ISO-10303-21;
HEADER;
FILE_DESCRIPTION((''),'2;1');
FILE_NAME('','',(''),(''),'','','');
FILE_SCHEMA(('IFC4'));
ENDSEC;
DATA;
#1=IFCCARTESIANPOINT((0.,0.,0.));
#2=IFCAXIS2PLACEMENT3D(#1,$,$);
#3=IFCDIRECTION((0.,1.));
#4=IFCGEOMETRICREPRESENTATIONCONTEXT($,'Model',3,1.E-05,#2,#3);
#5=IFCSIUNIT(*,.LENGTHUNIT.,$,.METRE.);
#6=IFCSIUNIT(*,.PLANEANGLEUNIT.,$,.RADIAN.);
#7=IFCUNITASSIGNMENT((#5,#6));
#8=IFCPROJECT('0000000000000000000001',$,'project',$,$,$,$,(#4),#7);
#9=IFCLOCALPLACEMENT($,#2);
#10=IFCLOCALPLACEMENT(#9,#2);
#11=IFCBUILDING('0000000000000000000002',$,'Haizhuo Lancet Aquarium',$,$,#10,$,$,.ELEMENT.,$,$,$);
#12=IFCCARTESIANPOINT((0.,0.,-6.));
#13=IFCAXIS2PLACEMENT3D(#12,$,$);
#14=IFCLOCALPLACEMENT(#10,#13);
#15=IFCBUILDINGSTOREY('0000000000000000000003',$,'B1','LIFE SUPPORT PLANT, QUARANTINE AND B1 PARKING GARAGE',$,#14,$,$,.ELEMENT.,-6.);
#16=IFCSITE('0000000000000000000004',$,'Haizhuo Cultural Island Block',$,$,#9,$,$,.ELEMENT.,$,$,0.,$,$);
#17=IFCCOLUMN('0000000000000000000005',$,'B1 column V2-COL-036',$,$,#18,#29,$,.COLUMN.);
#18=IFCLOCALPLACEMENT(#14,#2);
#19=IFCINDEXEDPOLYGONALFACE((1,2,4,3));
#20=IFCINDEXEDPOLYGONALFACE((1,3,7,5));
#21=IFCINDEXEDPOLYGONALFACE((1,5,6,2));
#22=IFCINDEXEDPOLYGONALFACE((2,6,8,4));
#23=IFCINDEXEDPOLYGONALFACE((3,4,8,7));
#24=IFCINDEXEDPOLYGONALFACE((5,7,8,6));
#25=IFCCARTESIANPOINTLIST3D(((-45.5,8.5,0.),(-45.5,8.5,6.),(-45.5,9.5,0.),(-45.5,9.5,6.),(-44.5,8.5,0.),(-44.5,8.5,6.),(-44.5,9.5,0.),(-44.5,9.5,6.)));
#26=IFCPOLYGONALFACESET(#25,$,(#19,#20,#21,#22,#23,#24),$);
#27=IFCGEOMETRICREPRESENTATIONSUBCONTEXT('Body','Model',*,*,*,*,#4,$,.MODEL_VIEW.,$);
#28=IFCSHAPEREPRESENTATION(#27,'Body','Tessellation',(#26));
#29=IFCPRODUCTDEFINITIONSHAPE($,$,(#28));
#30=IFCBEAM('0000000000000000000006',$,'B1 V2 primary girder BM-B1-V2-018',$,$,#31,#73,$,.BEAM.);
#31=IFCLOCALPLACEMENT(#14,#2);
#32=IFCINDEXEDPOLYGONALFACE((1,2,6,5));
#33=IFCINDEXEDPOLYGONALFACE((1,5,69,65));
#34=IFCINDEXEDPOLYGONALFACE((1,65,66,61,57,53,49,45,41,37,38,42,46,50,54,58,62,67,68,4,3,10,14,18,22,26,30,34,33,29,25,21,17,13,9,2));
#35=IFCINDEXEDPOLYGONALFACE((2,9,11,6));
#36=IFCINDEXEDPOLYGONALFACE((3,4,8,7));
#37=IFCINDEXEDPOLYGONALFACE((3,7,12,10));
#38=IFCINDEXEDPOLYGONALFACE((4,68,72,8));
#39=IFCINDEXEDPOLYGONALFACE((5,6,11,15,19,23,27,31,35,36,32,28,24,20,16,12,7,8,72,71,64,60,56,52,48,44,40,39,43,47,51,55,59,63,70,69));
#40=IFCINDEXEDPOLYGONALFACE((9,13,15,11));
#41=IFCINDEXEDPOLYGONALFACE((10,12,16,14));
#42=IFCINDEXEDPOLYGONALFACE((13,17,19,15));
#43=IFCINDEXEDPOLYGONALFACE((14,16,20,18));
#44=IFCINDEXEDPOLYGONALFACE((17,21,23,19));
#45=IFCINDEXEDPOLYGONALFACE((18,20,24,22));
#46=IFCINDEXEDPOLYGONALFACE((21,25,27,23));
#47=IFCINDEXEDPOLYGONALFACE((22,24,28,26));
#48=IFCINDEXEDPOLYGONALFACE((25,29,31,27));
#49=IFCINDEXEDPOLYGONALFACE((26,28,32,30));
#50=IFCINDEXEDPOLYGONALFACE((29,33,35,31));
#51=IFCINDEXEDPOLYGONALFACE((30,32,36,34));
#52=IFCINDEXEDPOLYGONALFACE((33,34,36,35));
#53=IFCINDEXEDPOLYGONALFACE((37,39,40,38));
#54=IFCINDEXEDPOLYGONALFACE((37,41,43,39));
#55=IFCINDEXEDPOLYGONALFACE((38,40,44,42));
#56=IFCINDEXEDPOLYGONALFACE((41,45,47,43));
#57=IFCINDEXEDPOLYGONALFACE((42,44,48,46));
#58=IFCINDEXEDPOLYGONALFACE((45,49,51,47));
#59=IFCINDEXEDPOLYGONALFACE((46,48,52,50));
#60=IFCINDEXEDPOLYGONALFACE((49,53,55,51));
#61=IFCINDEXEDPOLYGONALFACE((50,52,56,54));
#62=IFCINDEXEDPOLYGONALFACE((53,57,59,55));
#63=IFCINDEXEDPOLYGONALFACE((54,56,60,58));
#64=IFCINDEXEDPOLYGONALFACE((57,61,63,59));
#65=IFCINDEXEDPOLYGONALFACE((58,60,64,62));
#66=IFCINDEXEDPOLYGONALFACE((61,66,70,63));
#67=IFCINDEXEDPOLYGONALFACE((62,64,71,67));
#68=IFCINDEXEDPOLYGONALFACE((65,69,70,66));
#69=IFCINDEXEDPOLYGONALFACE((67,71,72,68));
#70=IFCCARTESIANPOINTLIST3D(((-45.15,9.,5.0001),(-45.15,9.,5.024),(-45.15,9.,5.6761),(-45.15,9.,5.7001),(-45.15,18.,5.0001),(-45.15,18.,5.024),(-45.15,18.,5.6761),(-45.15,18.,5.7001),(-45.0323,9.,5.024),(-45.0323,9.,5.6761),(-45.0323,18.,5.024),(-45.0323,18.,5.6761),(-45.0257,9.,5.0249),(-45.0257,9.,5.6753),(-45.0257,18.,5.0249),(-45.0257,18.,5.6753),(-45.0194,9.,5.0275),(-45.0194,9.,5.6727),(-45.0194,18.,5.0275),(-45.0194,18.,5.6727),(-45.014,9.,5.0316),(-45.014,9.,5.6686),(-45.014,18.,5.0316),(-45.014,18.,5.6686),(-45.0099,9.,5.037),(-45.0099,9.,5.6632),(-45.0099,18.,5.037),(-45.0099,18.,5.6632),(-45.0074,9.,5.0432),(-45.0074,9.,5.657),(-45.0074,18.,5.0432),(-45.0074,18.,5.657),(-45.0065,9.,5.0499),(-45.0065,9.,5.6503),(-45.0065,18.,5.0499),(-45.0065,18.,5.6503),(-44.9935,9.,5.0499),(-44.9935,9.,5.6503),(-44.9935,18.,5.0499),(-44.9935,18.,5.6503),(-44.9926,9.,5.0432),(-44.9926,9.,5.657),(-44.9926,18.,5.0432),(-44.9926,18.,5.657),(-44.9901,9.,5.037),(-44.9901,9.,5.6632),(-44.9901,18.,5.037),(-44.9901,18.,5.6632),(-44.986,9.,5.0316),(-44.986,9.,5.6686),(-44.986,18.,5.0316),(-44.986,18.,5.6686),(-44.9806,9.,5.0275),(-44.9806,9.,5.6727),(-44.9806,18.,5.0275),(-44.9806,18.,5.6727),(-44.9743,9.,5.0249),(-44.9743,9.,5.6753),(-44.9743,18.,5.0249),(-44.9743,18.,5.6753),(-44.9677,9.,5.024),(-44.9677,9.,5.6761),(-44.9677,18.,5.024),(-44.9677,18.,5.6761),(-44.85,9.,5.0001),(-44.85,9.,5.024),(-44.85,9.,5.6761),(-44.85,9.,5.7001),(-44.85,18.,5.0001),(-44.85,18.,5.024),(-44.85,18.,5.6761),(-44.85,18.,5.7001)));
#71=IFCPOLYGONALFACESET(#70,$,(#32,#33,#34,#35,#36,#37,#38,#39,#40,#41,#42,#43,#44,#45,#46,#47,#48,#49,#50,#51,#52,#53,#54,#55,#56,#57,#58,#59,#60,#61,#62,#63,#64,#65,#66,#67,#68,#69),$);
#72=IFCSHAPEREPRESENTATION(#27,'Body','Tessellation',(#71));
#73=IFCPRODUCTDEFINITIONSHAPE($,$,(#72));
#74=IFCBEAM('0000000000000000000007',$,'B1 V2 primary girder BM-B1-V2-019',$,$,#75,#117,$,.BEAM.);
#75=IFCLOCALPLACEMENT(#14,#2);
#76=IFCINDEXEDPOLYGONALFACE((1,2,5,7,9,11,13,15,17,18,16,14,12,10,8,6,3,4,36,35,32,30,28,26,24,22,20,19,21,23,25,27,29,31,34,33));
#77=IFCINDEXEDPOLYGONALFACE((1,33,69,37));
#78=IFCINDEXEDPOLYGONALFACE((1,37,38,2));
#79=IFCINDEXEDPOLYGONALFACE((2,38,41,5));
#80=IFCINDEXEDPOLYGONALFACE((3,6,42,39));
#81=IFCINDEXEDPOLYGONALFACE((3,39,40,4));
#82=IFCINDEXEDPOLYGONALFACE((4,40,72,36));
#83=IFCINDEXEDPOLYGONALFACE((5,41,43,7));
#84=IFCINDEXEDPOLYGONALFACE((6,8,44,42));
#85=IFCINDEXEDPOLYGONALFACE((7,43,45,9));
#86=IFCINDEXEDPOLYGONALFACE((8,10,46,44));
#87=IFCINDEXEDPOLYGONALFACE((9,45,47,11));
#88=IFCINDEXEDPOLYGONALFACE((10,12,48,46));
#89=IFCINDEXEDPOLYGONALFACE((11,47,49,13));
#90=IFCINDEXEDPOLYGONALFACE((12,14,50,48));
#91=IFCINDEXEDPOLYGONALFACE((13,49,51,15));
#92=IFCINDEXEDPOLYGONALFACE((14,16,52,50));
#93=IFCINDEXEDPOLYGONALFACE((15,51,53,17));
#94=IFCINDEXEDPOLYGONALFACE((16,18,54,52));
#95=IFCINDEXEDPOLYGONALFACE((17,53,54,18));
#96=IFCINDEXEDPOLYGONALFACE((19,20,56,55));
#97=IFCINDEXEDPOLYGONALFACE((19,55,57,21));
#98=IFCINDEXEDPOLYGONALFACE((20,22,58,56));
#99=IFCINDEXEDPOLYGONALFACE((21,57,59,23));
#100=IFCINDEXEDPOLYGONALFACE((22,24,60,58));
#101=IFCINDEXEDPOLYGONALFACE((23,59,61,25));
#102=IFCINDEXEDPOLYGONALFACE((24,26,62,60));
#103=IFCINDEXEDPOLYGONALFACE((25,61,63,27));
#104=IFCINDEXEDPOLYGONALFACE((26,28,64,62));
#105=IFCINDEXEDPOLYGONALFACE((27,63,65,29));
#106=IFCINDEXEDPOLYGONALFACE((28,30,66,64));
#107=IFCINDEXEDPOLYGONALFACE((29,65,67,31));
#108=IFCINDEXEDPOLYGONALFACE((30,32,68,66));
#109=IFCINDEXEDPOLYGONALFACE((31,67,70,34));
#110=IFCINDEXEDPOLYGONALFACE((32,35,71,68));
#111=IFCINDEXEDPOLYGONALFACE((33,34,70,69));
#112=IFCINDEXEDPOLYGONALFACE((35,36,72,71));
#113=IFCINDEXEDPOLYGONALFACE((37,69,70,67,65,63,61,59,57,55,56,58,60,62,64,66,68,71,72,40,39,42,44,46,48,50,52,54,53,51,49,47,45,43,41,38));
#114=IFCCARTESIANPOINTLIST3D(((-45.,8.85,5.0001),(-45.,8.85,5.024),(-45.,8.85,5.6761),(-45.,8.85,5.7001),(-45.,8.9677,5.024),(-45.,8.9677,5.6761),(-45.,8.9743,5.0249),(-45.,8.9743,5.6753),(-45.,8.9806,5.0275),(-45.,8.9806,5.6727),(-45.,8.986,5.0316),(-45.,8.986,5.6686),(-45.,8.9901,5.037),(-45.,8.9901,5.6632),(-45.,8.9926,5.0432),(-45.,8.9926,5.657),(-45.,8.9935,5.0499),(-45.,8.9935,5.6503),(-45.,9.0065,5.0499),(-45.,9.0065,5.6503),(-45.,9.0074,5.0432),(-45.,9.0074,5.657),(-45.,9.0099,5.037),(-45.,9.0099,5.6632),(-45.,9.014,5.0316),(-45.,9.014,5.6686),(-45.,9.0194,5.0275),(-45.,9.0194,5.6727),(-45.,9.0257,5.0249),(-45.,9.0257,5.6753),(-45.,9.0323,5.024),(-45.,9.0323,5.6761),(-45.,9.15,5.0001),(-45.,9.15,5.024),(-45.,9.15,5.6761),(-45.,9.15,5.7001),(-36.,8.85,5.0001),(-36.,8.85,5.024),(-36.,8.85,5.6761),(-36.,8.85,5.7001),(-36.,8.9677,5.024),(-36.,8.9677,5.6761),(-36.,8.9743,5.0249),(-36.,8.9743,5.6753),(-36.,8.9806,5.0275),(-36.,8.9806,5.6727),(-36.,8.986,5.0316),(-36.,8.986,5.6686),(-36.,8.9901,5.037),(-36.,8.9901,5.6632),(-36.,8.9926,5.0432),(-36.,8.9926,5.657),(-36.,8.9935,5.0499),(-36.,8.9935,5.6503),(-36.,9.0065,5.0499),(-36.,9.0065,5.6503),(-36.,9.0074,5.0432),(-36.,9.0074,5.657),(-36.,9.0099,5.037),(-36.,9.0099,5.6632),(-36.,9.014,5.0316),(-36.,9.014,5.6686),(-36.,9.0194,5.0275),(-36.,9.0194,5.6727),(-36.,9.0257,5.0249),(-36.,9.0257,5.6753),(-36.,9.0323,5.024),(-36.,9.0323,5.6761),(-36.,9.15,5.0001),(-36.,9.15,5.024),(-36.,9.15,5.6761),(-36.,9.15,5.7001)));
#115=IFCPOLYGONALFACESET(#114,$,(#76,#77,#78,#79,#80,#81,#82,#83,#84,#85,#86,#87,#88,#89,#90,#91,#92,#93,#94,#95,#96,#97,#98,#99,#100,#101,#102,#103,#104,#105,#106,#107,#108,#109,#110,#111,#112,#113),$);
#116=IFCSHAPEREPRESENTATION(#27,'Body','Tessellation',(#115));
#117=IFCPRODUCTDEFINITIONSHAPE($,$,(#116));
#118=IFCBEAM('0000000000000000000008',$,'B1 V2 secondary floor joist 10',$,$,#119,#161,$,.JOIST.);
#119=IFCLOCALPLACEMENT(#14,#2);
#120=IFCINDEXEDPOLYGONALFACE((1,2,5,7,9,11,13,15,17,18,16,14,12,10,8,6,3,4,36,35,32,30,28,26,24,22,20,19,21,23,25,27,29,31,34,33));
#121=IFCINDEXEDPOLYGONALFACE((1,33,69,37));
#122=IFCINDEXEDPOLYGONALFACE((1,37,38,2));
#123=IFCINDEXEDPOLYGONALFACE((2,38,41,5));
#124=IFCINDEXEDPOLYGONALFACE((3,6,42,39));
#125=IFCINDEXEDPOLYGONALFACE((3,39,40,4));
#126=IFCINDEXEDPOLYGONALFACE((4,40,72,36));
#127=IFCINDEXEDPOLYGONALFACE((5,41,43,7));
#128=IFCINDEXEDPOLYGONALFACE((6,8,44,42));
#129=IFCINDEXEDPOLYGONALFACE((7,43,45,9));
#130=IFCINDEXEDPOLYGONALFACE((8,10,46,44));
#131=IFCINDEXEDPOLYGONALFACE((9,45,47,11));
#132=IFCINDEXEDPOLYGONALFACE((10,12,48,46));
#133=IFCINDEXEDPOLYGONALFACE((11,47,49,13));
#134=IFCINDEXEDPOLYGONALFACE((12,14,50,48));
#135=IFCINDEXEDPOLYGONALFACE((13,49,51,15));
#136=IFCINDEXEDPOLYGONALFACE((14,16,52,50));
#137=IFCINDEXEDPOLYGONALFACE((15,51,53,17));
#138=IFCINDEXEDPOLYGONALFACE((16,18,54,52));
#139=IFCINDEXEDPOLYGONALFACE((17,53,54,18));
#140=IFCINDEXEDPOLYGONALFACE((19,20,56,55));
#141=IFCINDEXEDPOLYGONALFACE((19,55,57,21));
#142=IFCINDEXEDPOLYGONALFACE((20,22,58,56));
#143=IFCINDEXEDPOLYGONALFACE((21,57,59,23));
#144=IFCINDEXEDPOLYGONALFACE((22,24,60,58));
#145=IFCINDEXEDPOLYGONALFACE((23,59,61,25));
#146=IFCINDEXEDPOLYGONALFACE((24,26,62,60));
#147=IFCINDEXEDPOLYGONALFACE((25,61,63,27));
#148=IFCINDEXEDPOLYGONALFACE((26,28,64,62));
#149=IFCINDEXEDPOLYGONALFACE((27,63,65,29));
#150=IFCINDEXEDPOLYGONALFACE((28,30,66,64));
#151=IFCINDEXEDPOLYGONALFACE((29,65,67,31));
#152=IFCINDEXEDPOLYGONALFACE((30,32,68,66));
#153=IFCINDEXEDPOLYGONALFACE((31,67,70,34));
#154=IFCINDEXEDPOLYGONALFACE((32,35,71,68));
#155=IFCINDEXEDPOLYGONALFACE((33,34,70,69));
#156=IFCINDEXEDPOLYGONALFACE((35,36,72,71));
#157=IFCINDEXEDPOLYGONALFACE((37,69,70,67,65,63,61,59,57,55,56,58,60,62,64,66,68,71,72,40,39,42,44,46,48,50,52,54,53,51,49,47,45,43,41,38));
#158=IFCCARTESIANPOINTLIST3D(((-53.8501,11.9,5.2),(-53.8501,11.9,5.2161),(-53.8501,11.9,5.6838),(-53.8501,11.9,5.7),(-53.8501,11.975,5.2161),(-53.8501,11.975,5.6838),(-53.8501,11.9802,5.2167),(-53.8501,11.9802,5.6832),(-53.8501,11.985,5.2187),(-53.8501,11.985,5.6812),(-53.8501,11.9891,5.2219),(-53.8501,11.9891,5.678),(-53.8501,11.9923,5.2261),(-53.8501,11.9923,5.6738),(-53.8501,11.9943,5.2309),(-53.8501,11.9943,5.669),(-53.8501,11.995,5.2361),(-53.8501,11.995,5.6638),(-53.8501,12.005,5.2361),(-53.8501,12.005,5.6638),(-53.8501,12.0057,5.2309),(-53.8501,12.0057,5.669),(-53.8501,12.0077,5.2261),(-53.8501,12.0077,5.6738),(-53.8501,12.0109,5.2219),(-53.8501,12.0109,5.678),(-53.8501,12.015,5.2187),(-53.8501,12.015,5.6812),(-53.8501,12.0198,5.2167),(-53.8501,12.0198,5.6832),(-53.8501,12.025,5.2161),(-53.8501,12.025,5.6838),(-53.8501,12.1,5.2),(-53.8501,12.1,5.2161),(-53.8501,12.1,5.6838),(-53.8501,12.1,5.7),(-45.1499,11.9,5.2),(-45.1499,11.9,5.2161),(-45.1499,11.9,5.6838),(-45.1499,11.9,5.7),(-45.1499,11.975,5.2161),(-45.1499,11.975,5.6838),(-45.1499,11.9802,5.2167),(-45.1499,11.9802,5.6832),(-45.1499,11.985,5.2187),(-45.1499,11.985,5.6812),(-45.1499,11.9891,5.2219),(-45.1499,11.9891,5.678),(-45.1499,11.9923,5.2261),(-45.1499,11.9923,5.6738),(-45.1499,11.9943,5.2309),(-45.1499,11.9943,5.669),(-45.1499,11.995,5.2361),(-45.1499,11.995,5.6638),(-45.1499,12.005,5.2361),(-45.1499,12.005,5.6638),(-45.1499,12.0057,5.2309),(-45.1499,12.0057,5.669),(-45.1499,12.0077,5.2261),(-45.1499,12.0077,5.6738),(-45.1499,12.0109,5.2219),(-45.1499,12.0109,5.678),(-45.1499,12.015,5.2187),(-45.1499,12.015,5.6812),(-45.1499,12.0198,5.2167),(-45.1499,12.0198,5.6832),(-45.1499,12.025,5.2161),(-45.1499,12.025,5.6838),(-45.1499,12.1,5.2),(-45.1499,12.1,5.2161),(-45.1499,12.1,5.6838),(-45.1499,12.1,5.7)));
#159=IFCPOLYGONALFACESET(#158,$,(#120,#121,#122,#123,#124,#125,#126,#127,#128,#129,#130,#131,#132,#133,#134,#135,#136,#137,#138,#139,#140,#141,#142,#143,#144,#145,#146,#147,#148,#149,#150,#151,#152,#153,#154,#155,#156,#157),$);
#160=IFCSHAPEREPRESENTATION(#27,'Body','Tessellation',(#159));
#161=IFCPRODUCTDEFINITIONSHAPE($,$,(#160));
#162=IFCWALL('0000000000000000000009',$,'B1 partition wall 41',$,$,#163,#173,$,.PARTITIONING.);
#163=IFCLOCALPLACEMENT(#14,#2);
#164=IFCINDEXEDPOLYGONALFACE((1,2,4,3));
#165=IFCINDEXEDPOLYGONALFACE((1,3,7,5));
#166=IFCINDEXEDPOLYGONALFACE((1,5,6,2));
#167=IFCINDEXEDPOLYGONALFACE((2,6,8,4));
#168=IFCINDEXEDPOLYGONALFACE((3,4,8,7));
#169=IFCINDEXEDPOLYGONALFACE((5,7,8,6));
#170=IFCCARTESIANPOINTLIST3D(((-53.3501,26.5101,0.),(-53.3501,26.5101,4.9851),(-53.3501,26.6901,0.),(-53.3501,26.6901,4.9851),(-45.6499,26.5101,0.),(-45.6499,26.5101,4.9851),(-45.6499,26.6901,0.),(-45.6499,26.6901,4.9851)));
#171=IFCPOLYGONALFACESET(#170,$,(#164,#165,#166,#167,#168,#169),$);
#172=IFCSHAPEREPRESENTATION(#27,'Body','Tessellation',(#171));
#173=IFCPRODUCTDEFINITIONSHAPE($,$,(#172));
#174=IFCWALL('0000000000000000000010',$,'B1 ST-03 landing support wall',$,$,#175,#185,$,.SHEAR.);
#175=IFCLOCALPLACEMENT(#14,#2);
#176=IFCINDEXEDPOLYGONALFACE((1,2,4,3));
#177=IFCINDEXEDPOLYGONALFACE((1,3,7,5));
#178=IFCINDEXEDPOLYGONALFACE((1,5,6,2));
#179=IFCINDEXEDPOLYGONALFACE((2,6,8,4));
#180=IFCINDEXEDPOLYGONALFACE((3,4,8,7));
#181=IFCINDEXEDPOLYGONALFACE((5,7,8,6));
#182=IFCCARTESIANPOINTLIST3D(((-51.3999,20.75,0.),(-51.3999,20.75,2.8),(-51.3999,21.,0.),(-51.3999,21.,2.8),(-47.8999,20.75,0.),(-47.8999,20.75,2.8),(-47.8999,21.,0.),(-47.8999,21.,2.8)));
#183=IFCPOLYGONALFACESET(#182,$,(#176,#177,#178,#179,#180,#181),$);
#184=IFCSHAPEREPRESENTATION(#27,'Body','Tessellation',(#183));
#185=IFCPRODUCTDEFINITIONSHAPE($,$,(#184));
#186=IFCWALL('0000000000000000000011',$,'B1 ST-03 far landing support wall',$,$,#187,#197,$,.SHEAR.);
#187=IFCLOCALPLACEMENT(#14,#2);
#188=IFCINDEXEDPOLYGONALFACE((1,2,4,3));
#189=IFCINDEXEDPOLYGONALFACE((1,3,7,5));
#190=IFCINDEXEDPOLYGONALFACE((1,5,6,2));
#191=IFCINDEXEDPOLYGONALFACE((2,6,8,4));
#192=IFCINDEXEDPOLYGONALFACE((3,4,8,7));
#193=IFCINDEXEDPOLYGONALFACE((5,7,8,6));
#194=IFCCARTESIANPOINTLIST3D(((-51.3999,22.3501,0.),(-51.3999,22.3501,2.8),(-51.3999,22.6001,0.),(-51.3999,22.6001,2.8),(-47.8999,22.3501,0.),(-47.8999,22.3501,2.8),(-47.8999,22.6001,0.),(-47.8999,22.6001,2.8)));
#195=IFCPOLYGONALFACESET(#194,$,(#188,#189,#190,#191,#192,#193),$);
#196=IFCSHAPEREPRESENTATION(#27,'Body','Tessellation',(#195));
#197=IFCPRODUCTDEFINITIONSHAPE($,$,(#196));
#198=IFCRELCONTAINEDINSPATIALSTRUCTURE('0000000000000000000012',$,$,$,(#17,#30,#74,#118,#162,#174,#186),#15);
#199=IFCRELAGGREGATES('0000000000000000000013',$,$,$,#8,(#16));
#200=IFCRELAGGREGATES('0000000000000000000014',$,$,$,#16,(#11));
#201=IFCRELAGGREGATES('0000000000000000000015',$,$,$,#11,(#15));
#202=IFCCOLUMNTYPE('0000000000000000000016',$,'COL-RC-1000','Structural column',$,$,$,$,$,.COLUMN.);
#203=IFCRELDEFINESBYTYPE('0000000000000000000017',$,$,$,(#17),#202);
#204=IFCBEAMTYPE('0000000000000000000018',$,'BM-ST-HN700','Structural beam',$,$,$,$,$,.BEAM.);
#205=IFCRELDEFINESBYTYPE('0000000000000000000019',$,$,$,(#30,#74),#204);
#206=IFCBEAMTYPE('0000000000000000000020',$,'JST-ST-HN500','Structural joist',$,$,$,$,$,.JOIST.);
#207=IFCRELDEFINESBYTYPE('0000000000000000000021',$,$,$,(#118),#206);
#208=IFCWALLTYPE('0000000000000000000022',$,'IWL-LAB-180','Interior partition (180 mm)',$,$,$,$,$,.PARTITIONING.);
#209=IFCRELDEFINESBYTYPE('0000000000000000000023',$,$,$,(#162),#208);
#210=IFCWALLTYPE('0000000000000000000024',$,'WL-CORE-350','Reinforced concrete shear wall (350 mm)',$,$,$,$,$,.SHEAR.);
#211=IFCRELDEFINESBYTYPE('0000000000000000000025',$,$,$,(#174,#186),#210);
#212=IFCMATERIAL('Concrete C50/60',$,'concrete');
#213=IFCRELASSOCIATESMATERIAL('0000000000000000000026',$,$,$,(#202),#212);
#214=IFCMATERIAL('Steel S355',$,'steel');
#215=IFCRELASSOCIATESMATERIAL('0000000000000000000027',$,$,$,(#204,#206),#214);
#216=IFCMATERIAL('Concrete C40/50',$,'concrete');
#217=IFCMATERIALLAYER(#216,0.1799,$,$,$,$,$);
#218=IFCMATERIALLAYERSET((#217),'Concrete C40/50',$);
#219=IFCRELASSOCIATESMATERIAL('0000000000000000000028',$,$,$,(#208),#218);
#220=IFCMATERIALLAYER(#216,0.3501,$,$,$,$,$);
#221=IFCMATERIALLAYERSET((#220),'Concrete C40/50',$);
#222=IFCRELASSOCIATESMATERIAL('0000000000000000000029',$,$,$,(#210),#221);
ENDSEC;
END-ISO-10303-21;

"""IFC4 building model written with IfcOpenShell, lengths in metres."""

from ifc_helpers import new_model, si_unit, direction, frame, frame_2d, origin, origin_2d, place, context, subcontext, project, spatial, rectangle, i_section, extrude, material, layer, layer_set, material_profile, profile_set, type_object, element, save


model = new_model("IFC4")

# Units and contexts
model_context = context("Model", 3, precision=1e-05, world=origin(), true_north=direction((0.0, 1.0)))
body_context = subcontext(model_context, "Body", "Model", "MODEL_VIEW")
ifc_project = project(units=[si_unit("LENGTHUNIT", "METRE"), si_unit("PLANEANGLEUNIT", "RADIAN")], contexts=[model_context])

# Site, building, storey
site_placement = place(None, origin())
site = spatial("IfcSite", under=ifc_project, at=site_placement, Name="Haizhuo Cultural Island Block", CompositionType="ELEMENT", RefElevation=0.0)
building_placement = place(site_placement, origin())
building = spatial("IfcBuilding", under=site, at=building_placement, Name="Haizhuo Lancet Aquarium", CompositionType="ELEMENT")
storey_placement = place(building_placement, frame((0.0, 0.0, -6.0)))
storey = spatial("IfcBuildingStorey", under=building, at=storey_placement, Name="B1", Description="LIFE SUPPORT PLANT, QUARANTINE AND B1 PARKING GARAGE", CompositionType="ELEMENT", Elevation=-6.0)

# Shared definitions
ifc_material_1 = material(Name="Concrete C40/50", Category="concrete")

# Column
ifc_material_2 = material(Name="Concrete C50/60", Category="concrete")
ifc_material_profile_1 = material_profile(ifc_material_2, rectangle(XDim=1.0, YDim=1.0, at=origin_2d()), Name="RC-COL 1000x1000")
ifc_profile_set_1 = profile_set([ifc_material_profile_1], Name="Concrete C50/60")
column_type = type_object("IfcColumnType", Name="COL-RC-1000", Description="Structural column", PredefinedType="COLUMN", material=ifc_profile_set_1)
column_placement = place(storey_placement, frame((-45.0, 9.0, 0.0), z_axis=(0.0, 0.0, 1.0), x_axis=(1.0, 0.0, 0.0)))
element("IfcColumn", 1, at=column_placement, inside=storey, type_object=column_type, Name="B1 column V2-COL-036", PredefinedType="COLUMN", context=body_context, shape_type="SweptSolid", body=[
    extrude(rectangle(XDim=1.0, YDim=1.0, at=origin_2d()), origin(), (0.0, 0.0, 1.0), 6.0),
])

# Beams
ifc_material_3 = material(Name="Steel S355", Category="steel")
ifc_material_profile_2 = material_profile(ifc_material_3, i_section(OverallWidth=0.3, OverallDepth=0.7, WebThickness=0.0129, FlangeThickness=0.0239, FilletRadius=0.0259, at=origin_2d()), Name="HN 700x300x13x24")
ifc_profile_set_2 = profile_set([ifc_material_profile_2], Name="Steel S355")
beam_type_1 = type_object("IfcBeamType", Name="BM-ST-HN700", Description="Structural beam", PredefinedType="BEAM", material=ifc_profile_set_2)
for number, where, z_axis, x_axis, name in (
    (2, (-45.0, 9.0, 5.3501), (0.0, 1.0, 0.0), (-1.0, 0.0, 0.0), "B1 V2 primary girder BM-B1-V2-018"),
    (3, (-45.0, 9.0, 5.3501), (1.0, 0.0, 0.0), (0.0, 1.0, 0.0), "B1 V2 primary girder BM-B1-V2-019"),
):
    element("IfcBeam", number, at=place(storey_placement, frame(where, z_axis=z_axis, x_axis=x_axis)), inside=storey, type_object=beam_type_1, Name=name, PredefinedType="BEAM", context=body_context, shape_type="SweptSolid", body=[
        extrude(i_section(OverallWidth=0.3, OverallDepth=0.7, WebThickness=0.0129, FlangeThickness=0.0239, FilletRadius=0.0259, at=origin_2d()), origin(), (0.0, 0.0, 1.0), 9.0),
    ])
ifc_material_profile_3 = material_profile(ifc_material_3, i_section(OverallWidth=0.2, OverallDepth=0.5, WebThickness=0.01, FlangeThickness=0.0161, FilletRadius=0.02, at=origin_2d()), Name="HN 500x200x10x16")
ifc_profile_set_3 = profile_set([ifc_material_profile_3], Name="Steel S355")
beam_type_2 = type_object("IfcBeamType", Name="JST-ST-HN500", Description="Structural joist", PredefinedType="JOIST", material=ifc_profile_set_3)
beam_placement = place(storey_placement, frame((-53.8501, 12.0, 5.45), z_axis=(1.0, 0.0, 0.0), x_axis=(0.0, 1.0, 0.0)))
element("IfcBeam", 4, at=beam_placement, inside=storey, type_object=beam_type_2, Name="B1 V2 secondary floor joist 10", PredefinedType="JOIST", context=body_context, shape_type="SweptSolid", body=[
    extrude(i_section(OverallWidth=0.2, OverallDepth=0.5, WebThickness=0.01, FlangeThickness=0.0161, FilletRadius=0.02, at=origin_2d()), origin(), (0.0, 0.0, 1.0), 8.7002),
])

# Walls
ifc_layer_1 = layer(ifc_material_1, 0.1799)
ifc_layer_set_1 = layer_set([ifc_layer_1], Name="Concrete C40/50")
wall_type_1 = type_object("IfcWallType", Name="IWL-LAB-180", Description="Interior partition (180 mm)", PredefinedType="PARTITIONING", material=ifc_layer_set_1)
wall_1_placement = place(storey_placement, frame((-45.6499, 26.6001, 0.0), z_axis=(0.0, 0.0, 1.0), x_axis=(-1.0, 0.0, 0.0)))
element("IfcWall", 5, at=wall_1_placement, inside=storey, type_object=wall_type_1, Name="B1 partition wall 41", PredefinedType="PARTITIONING", context=body_context, shape_type="SweptSolid", body=[
    extrude(rectangle(XDim=7.7002, YDim=0.1799, at=frame_2d((3.8501, 0.0))), origin(), (0.0, 0.0, 1.0), 4.9851),
])
ifc_layer_2 = layer(ifc_material_1, 0.3501)
ifc_layer_set_2 = layer_set([ifc_layer_2], Name="Concrete C40/50")
wall_type_2 = type_object("IfcWallType", Name="WL-CORE-350", Description="Reinforced concrete shear wall (350 mm)", PredefinedType="SHEAR", material=ifc_layer_set_2)
for number, where, z_axis, x_axis, name in (
    (6, (-51.3999, 20.875, 0.0), (0.0, 0.0, 1.0), (1.0, 0.0, 0.0), "B1 ST-03 landing support wall"),
    (7, (-51.3999, 22.4751, 0.0), (0.0, 0.0, 1.0), (1.0, 0.0, 0.0), "B1 ST-03 far landing support wall"),
):
    element("IfcWall", number, at=place(storey_placement, frame(where, z_axis=z_axis, x_axis=x_axis)), inside=storey, type_object=wall_type_2, Name=name, PredefinedType="SHEAR", context=body_context, shape_type="SweptSolid", body=[
        extrude(rectangle(XDim=3.5, YDim=0.25, at=frame_2d((1.75, 0.0))), origin(), (0.0, 0.0, 1.0), 2.8),
    ])

save(model, "model.ifc")
